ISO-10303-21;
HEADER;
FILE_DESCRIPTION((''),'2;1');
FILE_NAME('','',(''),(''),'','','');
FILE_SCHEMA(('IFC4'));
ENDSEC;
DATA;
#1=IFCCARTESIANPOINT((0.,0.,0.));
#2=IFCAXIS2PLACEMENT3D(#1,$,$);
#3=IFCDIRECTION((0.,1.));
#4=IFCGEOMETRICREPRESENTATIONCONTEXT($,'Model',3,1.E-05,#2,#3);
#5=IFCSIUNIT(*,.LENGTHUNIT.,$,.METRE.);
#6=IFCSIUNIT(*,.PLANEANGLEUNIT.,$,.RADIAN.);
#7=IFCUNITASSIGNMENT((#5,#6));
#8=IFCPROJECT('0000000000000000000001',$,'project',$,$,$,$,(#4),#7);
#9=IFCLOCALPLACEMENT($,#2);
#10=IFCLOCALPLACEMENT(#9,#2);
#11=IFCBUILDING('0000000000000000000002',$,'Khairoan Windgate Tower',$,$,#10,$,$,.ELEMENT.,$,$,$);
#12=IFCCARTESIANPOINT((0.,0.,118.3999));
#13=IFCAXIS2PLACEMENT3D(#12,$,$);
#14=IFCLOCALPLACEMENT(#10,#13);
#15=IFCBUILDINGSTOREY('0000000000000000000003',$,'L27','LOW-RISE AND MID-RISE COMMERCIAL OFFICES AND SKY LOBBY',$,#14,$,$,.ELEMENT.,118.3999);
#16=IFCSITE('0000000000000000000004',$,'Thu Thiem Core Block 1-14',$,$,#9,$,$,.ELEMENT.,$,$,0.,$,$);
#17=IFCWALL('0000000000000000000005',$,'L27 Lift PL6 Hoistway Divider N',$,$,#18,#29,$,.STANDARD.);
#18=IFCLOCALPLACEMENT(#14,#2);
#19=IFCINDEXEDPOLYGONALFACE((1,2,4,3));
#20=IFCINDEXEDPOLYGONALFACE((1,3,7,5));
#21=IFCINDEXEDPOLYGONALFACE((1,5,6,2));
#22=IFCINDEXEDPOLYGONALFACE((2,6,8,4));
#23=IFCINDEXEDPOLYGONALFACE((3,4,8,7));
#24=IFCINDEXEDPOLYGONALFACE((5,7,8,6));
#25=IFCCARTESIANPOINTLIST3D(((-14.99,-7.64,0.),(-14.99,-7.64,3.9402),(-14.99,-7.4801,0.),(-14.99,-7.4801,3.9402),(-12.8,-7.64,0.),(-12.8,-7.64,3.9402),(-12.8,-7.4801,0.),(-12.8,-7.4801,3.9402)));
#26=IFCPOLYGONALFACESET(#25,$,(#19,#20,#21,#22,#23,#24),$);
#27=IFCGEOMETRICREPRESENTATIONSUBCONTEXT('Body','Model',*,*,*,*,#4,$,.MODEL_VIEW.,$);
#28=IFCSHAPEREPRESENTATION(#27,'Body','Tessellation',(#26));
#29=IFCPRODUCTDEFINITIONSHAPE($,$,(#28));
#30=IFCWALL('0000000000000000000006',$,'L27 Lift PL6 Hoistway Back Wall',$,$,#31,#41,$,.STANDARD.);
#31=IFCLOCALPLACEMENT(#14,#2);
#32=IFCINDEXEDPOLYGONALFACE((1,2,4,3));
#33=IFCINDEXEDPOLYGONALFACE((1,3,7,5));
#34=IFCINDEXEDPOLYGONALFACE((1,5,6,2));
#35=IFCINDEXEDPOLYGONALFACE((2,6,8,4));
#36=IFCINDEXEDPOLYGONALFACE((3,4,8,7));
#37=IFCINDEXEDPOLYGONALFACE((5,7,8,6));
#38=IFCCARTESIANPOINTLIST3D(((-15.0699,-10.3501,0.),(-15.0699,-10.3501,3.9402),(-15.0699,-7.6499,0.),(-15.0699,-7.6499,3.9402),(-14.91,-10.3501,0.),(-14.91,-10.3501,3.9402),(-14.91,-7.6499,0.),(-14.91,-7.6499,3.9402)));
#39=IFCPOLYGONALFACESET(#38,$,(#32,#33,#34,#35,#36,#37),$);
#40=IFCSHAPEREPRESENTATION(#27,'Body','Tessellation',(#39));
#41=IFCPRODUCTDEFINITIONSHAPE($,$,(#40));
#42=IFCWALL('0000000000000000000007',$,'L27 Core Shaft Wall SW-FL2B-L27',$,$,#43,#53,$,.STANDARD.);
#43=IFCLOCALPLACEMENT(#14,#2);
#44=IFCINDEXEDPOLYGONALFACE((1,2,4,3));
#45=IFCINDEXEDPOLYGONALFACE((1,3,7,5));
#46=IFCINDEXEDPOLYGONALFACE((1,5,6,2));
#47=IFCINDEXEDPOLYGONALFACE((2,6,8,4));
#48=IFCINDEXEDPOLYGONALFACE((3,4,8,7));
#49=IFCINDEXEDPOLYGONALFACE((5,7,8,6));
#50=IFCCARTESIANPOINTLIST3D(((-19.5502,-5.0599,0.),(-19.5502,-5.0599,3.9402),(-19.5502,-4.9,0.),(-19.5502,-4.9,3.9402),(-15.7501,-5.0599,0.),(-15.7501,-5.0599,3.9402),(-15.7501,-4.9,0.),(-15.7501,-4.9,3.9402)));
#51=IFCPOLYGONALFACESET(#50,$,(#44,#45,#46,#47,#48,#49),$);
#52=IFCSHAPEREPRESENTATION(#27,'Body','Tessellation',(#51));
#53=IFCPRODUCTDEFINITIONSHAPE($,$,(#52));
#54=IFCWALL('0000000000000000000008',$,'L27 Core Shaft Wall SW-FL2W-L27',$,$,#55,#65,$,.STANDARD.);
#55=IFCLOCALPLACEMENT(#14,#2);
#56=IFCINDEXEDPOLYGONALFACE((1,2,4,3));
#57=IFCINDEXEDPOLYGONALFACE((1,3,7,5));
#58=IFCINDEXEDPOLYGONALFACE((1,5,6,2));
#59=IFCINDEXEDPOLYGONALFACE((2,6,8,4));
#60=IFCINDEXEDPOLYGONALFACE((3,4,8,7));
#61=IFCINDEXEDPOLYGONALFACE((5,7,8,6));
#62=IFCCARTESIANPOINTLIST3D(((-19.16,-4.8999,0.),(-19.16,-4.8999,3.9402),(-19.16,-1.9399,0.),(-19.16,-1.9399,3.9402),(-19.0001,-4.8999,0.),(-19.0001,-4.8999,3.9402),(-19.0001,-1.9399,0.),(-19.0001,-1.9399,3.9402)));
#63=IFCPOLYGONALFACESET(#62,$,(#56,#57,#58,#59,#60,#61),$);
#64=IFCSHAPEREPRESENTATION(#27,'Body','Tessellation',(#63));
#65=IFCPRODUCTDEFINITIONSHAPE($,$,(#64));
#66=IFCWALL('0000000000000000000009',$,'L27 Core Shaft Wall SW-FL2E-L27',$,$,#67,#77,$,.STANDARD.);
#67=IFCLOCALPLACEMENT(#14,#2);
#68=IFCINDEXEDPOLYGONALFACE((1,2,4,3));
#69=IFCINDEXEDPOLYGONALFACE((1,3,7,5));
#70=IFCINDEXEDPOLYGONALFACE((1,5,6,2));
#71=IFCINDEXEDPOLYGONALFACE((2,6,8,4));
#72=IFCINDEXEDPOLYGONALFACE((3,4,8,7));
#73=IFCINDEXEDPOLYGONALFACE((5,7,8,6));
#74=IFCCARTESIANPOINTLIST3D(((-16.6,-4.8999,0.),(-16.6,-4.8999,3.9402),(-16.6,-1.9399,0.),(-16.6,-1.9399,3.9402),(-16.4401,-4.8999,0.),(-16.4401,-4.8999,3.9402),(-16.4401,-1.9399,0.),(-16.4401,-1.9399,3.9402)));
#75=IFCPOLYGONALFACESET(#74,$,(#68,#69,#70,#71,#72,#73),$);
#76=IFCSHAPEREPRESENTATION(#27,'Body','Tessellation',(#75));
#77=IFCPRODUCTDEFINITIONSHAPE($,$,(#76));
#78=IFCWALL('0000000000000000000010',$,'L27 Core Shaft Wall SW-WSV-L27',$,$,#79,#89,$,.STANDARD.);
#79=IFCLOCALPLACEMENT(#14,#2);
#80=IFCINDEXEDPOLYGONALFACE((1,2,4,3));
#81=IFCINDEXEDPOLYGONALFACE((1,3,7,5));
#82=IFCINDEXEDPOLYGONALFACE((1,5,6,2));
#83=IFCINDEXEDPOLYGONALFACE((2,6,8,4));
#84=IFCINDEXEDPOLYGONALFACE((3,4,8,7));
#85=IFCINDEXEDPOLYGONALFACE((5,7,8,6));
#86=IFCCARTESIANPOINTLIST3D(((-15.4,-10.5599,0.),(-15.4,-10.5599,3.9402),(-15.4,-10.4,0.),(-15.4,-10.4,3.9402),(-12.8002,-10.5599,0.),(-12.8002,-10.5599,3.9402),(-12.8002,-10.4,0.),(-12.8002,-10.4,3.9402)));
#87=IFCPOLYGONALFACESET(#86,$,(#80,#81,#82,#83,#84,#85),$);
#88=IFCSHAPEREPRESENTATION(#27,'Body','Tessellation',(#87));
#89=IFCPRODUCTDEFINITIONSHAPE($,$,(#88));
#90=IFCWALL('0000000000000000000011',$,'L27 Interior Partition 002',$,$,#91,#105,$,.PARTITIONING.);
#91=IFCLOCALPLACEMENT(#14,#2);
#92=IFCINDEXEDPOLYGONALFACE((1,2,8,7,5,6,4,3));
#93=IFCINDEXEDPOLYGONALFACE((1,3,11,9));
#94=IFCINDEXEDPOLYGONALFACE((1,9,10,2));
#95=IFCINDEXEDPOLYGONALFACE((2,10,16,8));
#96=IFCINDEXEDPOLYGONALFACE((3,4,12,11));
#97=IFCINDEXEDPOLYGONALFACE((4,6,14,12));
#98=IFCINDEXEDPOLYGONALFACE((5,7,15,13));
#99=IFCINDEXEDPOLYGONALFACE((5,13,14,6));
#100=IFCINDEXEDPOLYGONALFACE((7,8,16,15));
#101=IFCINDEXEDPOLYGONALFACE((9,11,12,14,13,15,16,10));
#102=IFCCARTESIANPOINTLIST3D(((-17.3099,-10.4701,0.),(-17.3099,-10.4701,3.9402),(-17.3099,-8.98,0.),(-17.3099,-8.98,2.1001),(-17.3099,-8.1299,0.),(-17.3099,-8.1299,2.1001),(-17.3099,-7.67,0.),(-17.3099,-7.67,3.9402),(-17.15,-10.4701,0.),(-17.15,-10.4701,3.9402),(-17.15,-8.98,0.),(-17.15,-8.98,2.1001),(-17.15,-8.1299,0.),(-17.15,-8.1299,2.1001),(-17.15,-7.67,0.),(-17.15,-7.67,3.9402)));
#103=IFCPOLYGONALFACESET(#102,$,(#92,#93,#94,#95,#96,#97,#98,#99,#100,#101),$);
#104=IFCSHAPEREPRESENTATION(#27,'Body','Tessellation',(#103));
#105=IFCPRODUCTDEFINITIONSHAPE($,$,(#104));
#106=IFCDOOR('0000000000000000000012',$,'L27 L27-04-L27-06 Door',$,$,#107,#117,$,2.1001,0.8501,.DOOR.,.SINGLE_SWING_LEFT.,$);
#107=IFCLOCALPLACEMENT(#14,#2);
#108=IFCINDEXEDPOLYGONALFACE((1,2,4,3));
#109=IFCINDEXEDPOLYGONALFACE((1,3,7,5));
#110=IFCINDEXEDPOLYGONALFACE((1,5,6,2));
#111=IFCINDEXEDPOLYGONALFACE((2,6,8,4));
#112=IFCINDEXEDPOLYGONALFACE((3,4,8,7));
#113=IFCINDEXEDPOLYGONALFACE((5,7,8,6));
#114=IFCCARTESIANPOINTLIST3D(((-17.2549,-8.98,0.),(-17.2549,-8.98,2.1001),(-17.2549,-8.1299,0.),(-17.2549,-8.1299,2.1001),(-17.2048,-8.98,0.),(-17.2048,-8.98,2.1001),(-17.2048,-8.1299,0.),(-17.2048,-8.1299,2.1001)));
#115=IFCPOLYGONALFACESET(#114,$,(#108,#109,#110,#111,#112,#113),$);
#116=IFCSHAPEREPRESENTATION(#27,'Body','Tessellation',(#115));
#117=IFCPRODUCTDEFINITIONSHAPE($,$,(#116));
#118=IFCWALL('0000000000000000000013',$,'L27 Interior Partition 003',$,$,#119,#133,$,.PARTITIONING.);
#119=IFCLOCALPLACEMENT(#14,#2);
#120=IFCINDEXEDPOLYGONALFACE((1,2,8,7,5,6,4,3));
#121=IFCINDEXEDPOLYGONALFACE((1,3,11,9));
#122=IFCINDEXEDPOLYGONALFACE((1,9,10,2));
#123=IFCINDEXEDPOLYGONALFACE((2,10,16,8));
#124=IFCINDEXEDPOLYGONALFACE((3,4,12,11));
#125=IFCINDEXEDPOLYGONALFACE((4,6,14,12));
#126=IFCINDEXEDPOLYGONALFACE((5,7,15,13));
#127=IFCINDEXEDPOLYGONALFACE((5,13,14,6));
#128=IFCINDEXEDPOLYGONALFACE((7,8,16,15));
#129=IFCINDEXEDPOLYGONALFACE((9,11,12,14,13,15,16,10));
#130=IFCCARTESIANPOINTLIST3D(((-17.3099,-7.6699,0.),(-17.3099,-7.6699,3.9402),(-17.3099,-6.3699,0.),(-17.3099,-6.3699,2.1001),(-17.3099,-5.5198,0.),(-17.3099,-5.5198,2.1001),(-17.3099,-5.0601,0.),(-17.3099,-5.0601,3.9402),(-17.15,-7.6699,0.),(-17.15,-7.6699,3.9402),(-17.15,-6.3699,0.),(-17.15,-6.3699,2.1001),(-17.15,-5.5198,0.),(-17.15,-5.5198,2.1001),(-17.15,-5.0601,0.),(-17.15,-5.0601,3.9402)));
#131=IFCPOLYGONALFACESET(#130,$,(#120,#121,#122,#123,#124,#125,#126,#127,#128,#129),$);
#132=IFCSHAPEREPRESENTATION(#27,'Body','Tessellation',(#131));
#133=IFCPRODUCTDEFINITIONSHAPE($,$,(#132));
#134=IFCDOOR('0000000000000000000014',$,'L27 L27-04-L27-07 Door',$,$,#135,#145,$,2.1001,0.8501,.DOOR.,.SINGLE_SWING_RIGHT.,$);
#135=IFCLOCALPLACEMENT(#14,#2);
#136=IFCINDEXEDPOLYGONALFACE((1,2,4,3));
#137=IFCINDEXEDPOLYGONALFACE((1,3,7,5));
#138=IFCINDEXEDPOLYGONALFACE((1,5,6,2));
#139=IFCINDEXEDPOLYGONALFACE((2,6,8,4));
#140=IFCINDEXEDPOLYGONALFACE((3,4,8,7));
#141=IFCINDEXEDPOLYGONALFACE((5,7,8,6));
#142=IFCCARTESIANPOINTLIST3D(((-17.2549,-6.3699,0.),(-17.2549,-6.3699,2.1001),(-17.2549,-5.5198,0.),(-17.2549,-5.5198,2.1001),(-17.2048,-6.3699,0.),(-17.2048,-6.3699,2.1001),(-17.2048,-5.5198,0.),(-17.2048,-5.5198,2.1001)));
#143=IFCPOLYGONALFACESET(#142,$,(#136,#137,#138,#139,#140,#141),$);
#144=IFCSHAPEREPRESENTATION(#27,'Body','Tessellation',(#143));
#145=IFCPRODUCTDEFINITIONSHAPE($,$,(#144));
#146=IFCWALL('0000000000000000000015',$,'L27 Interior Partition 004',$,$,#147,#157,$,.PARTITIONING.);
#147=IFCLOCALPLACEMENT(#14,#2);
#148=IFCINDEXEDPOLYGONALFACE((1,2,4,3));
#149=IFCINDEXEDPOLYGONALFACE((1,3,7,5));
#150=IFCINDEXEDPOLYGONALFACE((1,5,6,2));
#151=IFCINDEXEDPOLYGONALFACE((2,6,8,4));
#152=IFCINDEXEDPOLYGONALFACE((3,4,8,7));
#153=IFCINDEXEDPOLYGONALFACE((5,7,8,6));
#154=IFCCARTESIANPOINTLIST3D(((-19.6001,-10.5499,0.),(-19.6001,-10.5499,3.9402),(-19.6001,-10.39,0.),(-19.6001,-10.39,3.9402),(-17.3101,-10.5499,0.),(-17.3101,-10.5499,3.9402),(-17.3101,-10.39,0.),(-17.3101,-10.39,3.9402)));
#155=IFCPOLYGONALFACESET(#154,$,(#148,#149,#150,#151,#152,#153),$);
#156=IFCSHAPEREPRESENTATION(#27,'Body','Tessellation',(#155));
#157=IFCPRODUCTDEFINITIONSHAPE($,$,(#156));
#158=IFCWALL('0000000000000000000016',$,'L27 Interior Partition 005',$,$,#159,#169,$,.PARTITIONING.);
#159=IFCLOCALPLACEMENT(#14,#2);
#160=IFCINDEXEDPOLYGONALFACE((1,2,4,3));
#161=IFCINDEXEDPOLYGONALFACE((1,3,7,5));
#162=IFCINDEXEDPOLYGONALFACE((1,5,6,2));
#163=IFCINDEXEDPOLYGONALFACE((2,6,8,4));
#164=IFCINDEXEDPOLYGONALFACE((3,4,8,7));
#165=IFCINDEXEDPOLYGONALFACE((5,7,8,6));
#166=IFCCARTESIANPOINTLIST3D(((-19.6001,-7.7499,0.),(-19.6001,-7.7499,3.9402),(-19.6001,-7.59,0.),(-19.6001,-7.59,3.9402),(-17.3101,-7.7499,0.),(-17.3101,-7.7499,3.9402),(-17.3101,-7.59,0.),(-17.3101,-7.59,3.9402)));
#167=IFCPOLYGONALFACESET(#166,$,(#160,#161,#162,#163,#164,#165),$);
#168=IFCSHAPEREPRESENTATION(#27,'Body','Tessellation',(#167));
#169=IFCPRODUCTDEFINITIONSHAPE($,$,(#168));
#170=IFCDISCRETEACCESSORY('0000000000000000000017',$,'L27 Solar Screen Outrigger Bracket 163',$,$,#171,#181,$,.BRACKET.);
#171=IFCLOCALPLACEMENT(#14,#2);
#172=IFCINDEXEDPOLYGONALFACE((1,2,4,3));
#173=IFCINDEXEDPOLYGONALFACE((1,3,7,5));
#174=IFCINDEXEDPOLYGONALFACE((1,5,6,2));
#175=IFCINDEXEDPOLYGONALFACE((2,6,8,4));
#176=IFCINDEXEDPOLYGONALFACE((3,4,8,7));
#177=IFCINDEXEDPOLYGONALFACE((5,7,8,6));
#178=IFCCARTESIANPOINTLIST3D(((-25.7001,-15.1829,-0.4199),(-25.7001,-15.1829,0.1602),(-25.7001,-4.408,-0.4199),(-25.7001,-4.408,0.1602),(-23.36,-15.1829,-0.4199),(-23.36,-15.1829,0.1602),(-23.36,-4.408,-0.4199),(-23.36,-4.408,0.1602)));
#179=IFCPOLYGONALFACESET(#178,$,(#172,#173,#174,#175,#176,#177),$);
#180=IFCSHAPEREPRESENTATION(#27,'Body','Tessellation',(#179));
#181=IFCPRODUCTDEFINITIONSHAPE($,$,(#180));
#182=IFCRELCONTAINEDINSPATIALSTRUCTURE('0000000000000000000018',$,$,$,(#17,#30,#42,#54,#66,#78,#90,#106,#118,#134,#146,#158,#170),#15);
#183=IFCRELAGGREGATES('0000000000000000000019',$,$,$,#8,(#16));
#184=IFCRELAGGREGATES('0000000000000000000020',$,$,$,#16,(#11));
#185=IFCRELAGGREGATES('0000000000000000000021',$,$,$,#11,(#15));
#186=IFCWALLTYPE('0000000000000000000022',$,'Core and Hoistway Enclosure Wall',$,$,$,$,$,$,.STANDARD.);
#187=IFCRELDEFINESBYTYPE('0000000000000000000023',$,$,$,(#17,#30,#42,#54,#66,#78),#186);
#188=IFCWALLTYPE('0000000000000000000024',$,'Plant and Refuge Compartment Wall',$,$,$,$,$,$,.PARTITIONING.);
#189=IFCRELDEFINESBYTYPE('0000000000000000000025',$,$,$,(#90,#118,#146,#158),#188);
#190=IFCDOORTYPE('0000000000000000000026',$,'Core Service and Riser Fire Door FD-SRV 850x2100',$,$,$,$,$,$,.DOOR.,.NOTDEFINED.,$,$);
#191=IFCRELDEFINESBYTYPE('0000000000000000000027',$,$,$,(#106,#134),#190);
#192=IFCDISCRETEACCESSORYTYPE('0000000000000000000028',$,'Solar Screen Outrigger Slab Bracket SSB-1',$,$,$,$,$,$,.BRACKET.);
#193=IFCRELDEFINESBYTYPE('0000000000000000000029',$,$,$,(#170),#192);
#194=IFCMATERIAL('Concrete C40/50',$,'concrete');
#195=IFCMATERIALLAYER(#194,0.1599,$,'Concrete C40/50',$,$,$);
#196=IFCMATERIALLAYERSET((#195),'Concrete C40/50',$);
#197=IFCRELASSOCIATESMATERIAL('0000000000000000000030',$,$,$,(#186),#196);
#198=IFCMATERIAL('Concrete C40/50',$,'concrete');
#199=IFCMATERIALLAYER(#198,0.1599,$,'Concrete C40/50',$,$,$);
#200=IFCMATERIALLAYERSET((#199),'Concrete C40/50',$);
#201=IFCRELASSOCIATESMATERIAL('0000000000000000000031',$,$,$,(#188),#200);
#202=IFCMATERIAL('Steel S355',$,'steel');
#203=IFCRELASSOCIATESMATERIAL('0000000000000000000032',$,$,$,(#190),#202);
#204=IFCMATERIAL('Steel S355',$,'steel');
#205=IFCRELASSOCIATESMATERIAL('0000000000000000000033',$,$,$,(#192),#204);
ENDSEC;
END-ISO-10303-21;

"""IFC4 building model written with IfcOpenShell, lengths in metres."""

from ifc_helpers import new_model, si_unit, direction, frame, frame_2d, origin, origin_2d, place, context, subcontext, project, spatial, rectangle, extrude, material, layer, layer_set, type_object, element, fill, save


model = new_model("IFC4")

# Units and contexts
model_context = context("Model", 3, precision=1e-05, world=origin(), true_north=direction((0.0, 1.0)))
body_context = subcontext(model_context, "Body", "Model", "MODEL_VIEW")
ifc_project = project(units=[si_unit("LENGTHUNIT", "METRE"), si_unit("PLANEANGLEUNIT", "RADIAN")], contexts=[model_context])

# Site, building, storey
site_placement = place(None, origin())
site = spatial("IfcSite", under=ifc_project, at=site_placement, Name="Thu Thiem Core Block 1-14", CompositionType="ELEMENT", RefElevation=0.0)
building_placement = place(site_placement, origin())
building = spatial("IfcBuilding", under=site, at=building_placement, Name="Khairoan Windgate Tower", CompositionType="ELEMENT")
storey_placement = place(building_placement, frame((0.0, 0.0, 118.3999)))
storey = spatial("IfcBuildingStorey", under=building, at=storey_placement, Name="L27", Description="LOW-RISE AND MID-RISE COMMERCIAL OFFICES AND SKY LOBBY", CompositionType="ELEMENT", Elevation=118.3999)

# Walls
ifc_material_1 = material(Name="Concrete C40/50", Category="concrete")
ifc_layer_1 = layer(ifc_material_1, 0.1599, Name="Concrete C40/50")
ifc_layer_set_1 = layer_set([ifc_layer_1], Name="Concrete C40/50")
wall_type_1 = type_object("IfcWallType", Name="Core and Hoistway Enclosure Wall", PredefinedType="STANDARD", material=ifc_layer_set_1)
wall_1_placement = place(storey_placement, frame((-14.99, -7.5601, 0.0), z_axis=(0.0, 0.0, 1.0), x_axis=(1.0, 0.0, 0.0)))
element("IfcWall", 1, at=wall_1_placement, inside=storey, type_object=wall_type_1, Name="L27 Lift PL6 Hoistway Divider N", PredefinedType="STANDARD", context=body_context, shape_type="SweptSolid", body=[
    extrude(rectangle(XDim=2.1899, YDim=0.1599, at=frame_2d((1.095, 0.0))), origin(), (0.0, 0.0, 1.0), 3.9402),
])
wall_2_placement = place(storey_placement, frame((-14.99, -10.3501, 0.0), z_axis=(0.0, 0.0, 1.0), x_axis=(0.0, 1.0, 0.0)))
element("IfcWall", 2, at=wall_2_placement, inside=storey, type_object=wall_type_1, Name="L27 Lift PL6 Hoistway Back Wall", PredefinedType="STANDARD", context=body_context, shape_type="SweptSolid", body=[
    extrude(rectangle(XDim=2.7002, YDim=0.1599, at=frame_2d((1.3501, 0.0))), origin(), (0.0, 0.0, 1.0), 3.9402),
])
wall_3_placement = place(storey_placement, frame((-19.55, -4.98, 0.0), z_axis=(0.0, 0.0, 1.0), x_axis=(1.0, 0.0, 0.0)))
element("IfcWall", 3, at=wall_3_placement, inside=storey, type_object=wall_type_1, Name="L27 Core Shaft Wall SW-FL2B-L27", PredefinedType="STANDARD", context=body_context, shape_type="SweptSolid", body=[
    extrude(rectangle(XDim=3.8, YDim=0.1599, at=frame_2d((1.8999, 0.0))), origin(), (0.0, 0.0, 1.0), 3.9402),
])
for number, where, z_axis, x_axis, name in (
    (4, (-19.0801, -4.8999, 0.0), (0.0, 0.0, 1.0), (0.0, 1.0, 0.0), "L27 Core Shaft Wall SW-FL2W-L27"),
    (5, (-16.52, -4.8999, 0.0), (0.0, 0.0, 1.0), (0.0, 1.0, 0.0), "L27 Core Shaft Wall SW-FL2E-L27"),
):
    element("IfcWall", number, at=place(storey_placement, frame(where, z_axis=z_axis, x_axis=x_axis)), inside=storey, type_object=wall_type_1, Name=name, PredefinedType="STANDARD", context=body_context, shape_type="SweptSolid", body=[
        extrude(rectangle(XDim=2.96, YDim=0.1599, at=frame_2d((1.48, 0.0))), origin(), (0.0, 0.0, 1.0), 3.9402),
    ])
wall_4_placement = place(storey_placement, frame((-15.3999, -10.48, 0.0), z_axis=(0.0, 0.0, 1.0), x_axis=(1.0, 0.0, 0.0)))
element("IfcWall", 6, at=wall_4_placement, inside=storey, type_object=wall_type_1, Name="L27 Core Shaft Wall SW-WSV-L27", PredefinedType="STANDARD", context=body_context, shape_type="SweptSolid", body=[
    extrude(rectangle(XDim=2.5999, YDim=0.1599, at=frame_2d((1.2998, 0.0))), origin(), (0.0, 0.0, 1.0), 3.9402),
])

# Walls, openings, doors
ifc_material_2 = material(Name="Concrete C40/50", Category="concrete")
ifc_layer_2 = layer(ifc_material_2, 0.1599, Name="Concrete C40/50")
ifc_layer_set_2 = layer_set([ifc_layer_2], Name="Concrete C40/50")
wall_type_2 = type_object("IfcWallType", Name="Plant and Refuge Compartment Wall", PredefinedType="PARTITIONING", material=ifc_layer_set_2)
wall_5_placement = place(storey_placement, frame((-17.23, -10.47, 0.0), z_axis=(0.0, 0.0, 1.0), x_axis=(0.0, 1.0, 0.0)))
wall_5 = element("IfcWall", 7, at=wall_5_placement, inside=storey, type_object=wall_type_2, Name="L27 Interior Partition 002", PredefinedType="PARTITIONING", context=body_context, shape_type="SweptSolid", body=[
    extrude(rectangle(XDim=2.8, YDim=0.1599, at=frame_2d((1.3999, 0.0))), origin(), (0.0, 0.0, 1.0), 3.9402),
])
opening_1_placement = place(wall_5_placement, frame((1.49, 0.0, 0.0)))
opening_1 = element("IfcOpeningElement", 8, at=opening_1_placement, cuts=wall_5, PredefinedType="OPENING", context=body_context, shape_type="SweptSolid", body=[
    extrude(rectangle(XDim=0.8501, YDim=2.1001, at=frame_2d((0.425, 1.05))), frame((0.0, 0.0898, 0.0), z_axis=(0.0, -1.0, 0.0), x_axis=(1.0, 0.0, 0.0)), (0.0, 0.0, 1.0), 0.1799),
])
ifc_material_3 = material(Name="Steel S355", Category="steel")
door_type = type_object("IfcDoorType", Name="Core Service and Riser Fire Door FD-SRV 850x2100", OperationType="NOTDEFINED", PredefinedType="DOOR", material=ifc_material_3)
door_1_placement = place(opening_1_placement, origin())
door_1 = element("IfcDoor", 9, at=door_1_placement, inside=storey, type_object=door_type, Name="L27 L27-04-L27-06 Door", OperationType="SINGLE_SWING_LEFT", OverallHeight=2.1001, OverallWidth=0.8501, PredefinedType="DOOR", context=body_context, shape_type="SweptSolid", body=[
    extrude(rectangle(XDim=0.8501, YDim=2.1001, at=frame_2d((0.425, 1.05))), frame((0.0, 0.0249, 0.0), z_axis=(0.0, -1.0, 0.0), x_axis=(1.0, 0.0, 0.0)), (0.0, 0.0, 1.0), 0.05),
])
fill(opening_1, door_1)
wall_6_placement = place(storey_placement, frame((-17.23, -7.6699, 0.0), z_axis=(0.0, 0.0, 1.0), x_axis=(0.0, 1.0, 0.0)))
wall_6 = element("IfcWall", 10, at=wall_6_placement, inside=storey, type_object=wall_type_2, Name="L27 Interior Partition 003", PredefinedType="PARTITIONING", context=body_context, shape_type="SweptSolid", body=[
    extrude(rectangle(XDim=2.6099, YDim=0.1599, at=frame_2d((1.3049, 0.0))), origin(), (0.0, 0.0, 1.0), 3.9402),
])
opening_2_placement = place(wall_6_placement, frame((1.3, 0.0, 0.0)))
opening_2 = element("IfcOpeningElement", 11, at=opening_2_placement, cuts=wall_6, PredefinedType="OPENING", context=body_context, shape_type="SweptSolid", body=[
    extrude(rectangle(XDim=0.8501, YDim=2.1001, at=frame_2d((0.425, 1.05))), frame((0.0, 0.0898, 0.0), z_axis=(0.0, -1.0, 0.0), x_axis=(1.0, 0.0, 0.0)), (0.0, 0.0, 1.0), 0.1799),
])
door_2_placement = place(opening_2_placement, origin())
door_2 = element("IfcDoor", 12, at=door_2_placement, inside=storey, type_object=door_type, Name="L27 L27-04-L27-07 Door", OperationType="SINGLE_SWING_RIGHT", OverallHeight=2.1001, OverallWidth=0.8501, PredefinedType="DOOR", context=body_context, shape_type="SweptSolid", body=[
    extrude(rectangle(XDim=0.8501, YDim=2.1001, at=frame_2d((0.425, 1.05))), frame((0.0, 0.0249, 0.0), z_axis=(0.0, -1.0, 0.0), x_axis=(1.0, 0.0, 0.0)), (0.0, 0.0, 1.0), 0.05),
])
fill(opening_2, door_2)

# Walls
for number, where, z_axis, x_axis, name in (
    (13, (-19.6001, -10.47, 0.0), (0.0, 0.0, 1.0), (1.0, 0.0, 0.0), "L27 Interior Partition 004"),
    (14, (-19.6001, -7.6699, 0.0), (0.0, 0.0, 1.0), (1.0, 0.0, 0.0), "L27 Interior Partition 005"),
):
    element("IfcWall", number, at=place(storey_placement, frame(where, z_axis=z_axis, x_axis=x_axis)), inside=storey, type_object=wall_type_2, Name=name, PredefinedType="PARTITIONING", context=body_context, shape_type="SweptSolid", body=[
        extrude(rectangle(XDim=2.29, YDim=0.1599, at=frame_2d((1.145, 0.0))), origin(), (0.0, 0.0, 1.0), 3.9402),
    ])

# Discrete accessory
ifc_material_4 = material(Name="Steel S355", Category="steel")
discrete_accessory_type = type_object("IfcDiscreteAccessoryType", Name="Solar Screen Outrigger Slab Bracket SSB-1", PredefinedType="BRACKET", material=ifc_material_4)
discrete_accessory_placement = place(storey_placement, frame((-24.53, -9.7954, -0.4199), z_axis=(0.0, 0.0, 1.0), x_axis=(0.0, 1.0, 0.0)))
element("IfcDiscreteAccessory", 15, at=discrete_accessory_placement, inside=storey, type_object=discrete_accessory_type, Name="L27 Solar Screen Outrigger Bracket 163", PredefinedType="BRACKET", context=body_context, shape_type="SweptSolid", body=[
    extrude(rectangle(XDim=10.7749, YDim=2.3401, at=origin_2d()), origin(), (0.0, 0.0, 1.0), 0.5801),
])

save(model, "model.ifc")
